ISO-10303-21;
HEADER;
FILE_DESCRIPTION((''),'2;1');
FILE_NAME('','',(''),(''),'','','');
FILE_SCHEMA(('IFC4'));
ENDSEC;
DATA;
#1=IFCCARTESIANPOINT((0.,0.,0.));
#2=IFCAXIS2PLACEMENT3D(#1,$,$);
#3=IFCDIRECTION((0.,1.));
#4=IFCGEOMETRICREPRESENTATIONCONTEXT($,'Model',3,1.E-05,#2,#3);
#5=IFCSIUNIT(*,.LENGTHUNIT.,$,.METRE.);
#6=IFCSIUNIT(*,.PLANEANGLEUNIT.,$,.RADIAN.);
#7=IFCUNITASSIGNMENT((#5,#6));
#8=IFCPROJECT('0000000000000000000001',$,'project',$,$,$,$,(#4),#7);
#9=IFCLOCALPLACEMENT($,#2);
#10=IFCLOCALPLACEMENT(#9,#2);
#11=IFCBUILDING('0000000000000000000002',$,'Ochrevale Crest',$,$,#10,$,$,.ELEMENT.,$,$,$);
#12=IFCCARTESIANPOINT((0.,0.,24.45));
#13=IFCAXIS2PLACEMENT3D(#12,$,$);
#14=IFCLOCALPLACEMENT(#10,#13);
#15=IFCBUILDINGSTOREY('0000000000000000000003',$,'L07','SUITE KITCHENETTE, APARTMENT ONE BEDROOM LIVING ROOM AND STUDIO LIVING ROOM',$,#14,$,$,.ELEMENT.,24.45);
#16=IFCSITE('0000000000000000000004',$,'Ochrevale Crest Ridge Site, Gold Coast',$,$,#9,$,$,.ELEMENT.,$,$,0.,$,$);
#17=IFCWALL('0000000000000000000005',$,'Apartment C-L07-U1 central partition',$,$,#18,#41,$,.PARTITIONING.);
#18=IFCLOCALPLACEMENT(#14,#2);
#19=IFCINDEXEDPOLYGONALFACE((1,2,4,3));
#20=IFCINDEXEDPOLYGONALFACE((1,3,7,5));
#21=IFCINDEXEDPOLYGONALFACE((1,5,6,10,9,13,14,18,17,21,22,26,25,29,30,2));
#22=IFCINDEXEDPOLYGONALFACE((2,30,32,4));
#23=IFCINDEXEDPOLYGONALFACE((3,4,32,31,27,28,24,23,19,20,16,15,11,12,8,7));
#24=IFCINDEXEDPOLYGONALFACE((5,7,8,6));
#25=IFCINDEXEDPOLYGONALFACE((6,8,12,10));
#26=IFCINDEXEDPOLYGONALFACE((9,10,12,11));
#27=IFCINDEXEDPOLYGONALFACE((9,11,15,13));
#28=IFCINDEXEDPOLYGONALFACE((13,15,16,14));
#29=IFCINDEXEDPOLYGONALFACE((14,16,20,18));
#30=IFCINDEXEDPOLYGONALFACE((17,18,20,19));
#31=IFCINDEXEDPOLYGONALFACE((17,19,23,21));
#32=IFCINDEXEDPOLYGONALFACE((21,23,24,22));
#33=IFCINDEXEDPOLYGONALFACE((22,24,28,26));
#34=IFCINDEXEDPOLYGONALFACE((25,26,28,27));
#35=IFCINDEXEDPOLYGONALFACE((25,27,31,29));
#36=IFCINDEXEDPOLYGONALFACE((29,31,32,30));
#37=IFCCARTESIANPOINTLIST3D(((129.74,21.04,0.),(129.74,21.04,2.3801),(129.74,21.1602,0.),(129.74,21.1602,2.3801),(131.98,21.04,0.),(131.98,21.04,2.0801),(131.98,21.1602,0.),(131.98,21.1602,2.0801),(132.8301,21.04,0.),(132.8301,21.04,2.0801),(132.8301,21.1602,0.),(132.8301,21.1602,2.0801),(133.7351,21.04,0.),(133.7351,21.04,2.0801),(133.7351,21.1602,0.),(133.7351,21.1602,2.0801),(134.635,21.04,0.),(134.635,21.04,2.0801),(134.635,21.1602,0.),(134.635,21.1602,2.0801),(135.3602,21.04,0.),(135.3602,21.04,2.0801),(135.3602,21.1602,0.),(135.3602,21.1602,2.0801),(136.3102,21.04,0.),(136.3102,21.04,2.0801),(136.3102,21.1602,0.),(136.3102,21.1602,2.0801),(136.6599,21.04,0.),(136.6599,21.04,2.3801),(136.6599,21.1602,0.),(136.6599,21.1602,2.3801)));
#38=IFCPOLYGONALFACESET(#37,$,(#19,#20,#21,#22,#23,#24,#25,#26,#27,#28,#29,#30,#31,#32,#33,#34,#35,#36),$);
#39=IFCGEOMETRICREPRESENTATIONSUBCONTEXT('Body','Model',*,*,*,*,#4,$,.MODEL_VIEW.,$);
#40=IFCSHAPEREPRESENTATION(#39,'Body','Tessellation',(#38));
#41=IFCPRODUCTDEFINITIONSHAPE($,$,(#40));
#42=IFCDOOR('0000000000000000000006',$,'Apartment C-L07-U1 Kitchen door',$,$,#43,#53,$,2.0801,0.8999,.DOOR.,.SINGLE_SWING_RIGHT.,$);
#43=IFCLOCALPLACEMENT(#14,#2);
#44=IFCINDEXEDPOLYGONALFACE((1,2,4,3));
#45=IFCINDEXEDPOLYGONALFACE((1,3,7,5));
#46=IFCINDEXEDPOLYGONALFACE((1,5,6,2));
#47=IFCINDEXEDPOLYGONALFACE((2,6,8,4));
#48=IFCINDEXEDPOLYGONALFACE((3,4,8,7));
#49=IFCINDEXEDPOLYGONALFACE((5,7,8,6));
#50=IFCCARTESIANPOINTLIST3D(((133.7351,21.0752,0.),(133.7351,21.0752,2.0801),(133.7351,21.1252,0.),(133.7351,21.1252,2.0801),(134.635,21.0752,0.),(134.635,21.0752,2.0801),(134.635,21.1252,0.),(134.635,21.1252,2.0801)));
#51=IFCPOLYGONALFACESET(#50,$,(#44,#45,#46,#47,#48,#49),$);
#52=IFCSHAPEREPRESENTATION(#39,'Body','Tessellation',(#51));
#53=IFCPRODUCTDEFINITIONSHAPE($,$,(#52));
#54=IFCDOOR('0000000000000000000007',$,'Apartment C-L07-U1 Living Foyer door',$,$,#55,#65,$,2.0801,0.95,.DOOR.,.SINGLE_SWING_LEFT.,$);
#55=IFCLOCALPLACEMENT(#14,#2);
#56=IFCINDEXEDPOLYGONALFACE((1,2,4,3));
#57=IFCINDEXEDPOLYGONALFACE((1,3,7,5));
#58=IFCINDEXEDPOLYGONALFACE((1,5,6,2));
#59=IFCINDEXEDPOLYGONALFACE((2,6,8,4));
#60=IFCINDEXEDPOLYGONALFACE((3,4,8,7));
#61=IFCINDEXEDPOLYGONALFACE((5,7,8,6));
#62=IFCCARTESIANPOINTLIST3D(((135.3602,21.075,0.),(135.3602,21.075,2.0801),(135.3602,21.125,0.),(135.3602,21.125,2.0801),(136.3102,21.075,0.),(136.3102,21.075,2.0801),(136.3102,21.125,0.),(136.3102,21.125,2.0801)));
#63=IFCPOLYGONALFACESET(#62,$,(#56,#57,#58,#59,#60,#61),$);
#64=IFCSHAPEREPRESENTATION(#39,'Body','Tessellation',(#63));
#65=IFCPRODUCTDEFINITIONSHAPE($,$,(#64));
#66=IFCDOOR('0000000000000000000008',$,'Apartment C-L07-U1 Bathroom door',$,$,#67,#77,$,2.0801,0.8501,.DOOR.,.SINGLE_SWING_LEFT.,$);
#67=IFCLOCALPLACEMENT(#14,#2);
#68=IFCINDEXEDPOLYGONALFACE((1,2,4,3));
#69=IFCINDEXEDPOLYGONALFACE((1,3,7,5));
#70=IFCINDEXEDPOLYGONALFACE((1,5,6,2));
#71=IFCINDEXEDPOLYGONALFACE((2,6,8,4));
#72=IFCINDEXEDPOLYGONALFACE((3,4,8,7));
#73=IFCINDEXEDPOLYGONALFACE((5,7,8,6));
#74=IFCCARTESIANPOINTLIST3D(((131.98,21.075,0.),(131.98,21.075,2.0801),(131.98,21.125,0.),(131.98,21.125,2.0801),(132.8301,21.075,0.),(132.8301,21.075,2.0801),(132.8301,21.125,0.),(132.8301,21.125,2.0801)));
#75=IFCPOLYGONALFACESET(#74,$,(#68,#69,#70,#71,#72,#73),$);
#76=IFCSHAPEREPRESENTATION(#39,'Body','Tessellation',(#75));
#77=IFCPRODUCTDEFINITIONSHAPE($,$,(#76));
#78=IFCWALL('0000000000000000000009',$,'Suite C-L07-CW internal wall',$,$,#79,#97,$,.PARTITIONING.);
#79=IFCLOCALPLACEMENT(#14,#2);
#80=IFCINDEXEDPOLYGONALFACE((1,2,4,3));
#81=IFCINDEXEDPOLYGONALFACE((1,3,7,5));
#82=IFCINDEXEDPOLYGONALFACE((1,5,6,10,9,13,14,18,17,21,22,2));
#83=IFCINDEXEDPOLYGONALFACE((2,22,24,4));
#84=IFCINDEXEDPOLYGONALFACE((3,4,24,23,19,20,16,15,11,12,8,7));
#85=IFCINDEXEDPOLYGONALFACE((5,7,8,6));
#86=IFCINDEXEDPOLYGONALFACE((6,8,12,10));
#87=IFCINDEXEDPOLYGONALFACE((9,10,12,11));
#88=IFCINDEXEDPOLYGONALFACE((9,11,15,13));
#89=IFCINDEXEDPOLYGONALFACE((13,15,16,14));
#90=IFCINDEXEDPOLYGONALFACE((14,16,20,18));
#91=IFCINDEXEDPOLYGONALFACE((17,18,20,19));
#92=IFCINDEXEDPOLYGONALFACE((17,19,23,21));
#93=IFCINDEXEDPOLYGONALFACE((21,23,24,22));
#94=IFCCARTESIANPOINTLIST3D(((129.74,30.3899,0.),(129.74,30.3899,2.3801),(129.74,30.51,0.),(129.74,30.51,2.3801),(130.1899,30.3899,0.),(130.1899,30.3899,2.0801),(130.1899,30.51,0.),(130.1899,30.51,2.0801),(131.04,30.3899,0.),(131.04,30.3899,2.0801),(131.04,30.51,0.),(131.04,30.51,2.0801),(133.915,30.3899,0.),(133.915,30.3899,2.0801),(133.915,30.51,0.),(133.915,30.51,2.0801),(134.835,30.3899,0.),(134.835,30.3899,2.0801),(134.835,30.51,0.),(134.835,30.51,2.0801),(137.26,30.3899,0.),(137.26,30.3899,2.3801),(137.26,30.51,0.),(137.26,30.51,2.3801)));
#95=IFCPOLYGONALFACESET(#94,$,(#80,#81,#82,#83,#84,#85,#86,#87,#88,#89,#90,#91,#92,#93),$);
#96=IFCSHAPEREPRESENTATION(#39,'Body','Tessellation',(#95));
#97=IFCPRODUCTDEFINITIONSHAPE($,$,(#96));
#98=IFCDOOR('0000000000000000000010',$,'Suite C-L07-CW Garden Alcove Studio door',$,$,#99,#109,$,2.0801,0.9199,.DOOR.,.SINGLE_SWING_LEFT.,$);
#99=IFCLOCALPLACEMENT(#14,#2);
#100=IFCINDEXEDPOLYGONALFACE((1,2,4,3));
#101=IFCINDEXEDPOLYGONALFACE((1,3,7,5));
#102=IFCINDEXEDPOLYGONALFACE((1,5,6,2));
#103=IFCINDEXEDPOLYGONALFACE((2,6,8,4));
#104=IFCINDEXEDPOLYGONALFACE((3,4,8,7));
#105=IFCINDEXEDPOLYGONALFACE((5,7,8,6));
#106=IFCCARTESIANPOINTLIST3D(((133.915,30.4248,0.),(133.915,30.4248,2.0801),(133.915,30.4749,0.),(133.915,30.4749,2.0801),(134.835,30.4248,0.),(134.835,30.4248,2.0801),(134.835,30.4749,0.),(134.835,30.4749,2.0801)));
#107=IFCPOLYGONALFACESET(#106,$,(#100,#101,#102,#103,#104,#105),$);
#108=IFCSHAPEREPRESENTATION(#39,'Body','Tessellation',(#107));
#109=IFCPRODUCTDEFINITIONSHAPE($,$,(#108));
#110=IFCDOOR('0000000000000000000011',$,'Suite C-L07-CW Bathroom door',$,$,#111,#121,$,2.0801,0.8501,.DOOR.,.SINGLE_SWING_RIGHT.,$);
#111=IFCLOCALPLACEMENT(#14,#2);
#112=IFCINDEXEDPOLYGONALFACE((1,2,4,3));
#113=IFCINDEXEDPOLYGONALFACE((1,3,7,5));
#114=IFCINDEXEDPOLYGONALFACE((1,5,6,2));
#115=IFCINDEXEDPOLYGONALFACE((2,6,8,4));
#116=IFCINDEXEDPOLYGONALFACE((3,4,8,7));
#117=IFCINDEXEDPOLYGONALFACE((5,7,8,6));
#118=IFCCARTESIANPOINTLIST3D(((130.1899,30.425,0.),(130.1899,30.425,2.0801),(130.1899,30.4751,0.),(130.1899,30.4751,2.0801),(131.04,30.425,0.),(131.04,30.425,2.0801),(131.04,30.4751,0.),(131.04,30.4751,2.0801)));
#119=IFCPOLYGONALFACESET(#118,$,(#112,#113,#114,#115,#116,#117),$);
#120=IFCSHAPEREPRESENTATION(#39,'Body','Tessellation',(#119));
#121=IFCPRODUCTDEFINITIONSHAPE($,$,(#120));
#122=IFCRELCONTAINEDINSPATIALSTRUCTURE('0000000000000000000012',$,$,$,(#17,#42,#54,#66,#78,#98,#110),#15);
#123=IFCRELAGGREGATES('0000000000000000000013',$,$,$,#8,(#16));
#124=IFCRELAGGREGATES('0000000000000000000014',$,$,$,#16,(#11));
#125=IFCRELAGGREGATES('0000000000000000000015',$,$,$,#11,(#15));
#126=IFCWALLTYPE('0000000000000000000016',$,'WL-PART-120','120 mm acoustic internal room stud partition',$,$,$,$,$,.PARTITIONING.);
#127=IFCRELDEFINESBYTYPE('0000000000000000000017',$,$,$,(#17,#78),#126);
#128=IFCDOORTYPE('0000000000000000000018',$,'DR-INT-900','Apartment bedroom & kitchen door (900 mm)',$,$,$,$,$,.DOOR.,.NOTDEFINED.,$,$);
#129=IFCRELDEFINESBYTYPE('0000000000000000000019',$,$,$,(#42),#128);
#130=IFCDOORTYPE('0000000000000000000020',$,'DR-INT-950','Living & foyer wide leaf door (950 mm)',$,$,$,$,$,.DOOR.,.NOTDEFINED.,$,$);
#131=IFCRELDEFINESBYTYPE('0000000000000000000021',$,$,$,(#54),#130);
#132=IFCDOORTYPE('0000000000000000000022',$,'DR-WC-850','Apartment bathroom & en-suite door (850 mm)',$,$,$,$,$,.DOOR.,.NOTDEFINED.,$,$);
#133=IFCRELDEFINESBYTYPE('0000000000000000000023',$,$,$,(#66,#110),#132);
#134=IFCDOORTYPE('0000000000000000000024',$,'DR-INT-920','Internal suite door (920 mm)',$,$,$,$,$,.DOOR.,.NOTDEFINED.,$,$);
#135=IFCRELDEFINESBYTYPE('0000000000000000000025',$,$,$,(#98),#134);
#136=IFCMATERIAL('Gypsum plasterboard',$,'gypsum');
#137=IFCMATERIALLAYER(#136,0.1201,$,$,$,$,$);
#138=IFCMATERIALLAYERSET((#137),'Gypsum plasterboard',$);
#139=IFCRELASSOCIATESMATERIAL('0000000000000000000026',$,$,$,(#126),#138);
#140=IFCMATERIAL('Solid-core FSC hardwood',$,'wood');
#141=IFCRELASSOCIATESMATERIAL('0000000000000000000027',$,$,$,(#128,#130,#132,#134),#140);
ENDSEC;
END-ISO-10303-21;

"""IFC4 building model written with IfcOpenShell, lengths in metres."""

from ifc_helpers import new_model, si_unit, direction, frame, frame_2d, origin, place, context, subcontext, project, spatial, rectangle, extrude, material, layer, layer_set, type_object, element, fill, save


model = new_model("IFC4")

# Units and contexts
model_context = context("Model", 3, precision=1e-05, world=origin(), true_north=direction((0.0, 1.0)))
body_context = subcontext(model_context, "Body", "Model", "MODEL_VIEW")
ifc_project = project(units=[si_unit("LENGTHUNIT", "METRE"), si_unit("PLANEANGLEUNIT", "RADIAN")], contexts=[model_context])

# Site, building, storey
site_placement = place(None, origin())
site = spatial("IfcSite", under=ifc_project, at=site_placement, Name="Ochrevale Crest Ridge Site, Gold Coast", CompositionType="ELEMENT", RefElevation=0.0)
building_placement = place(site_placement, origin())
building = spatial("IfcBuilding", under=site, at=building_placement, Name="Ochrevale Crest", CompositionType="ELEMENT")
storey_placement = place(building_placement, frame((0.0, 0.0, 24.45)))
storey = spatial("IfcBuildingStorey", under=building, at=storey_placement, Name="L07", Description="SUITE KITCHENETTE, APARTMENT ONE BEDROOM LIVING ROOM AND STUDIO LIVING ROOM", CompositionType="ELEMENT", Elevation=24.45)

# Shared definitions
ifc_material_1 = material(Name="Gypsum plasterboard", Category="gypsum")
ifc_material_2 = material(Name="Solid-core FSC hardwood", Category="wood")

# Walls, openings, doors
ifc_layer_1 = layer(ifc_material_1, 0.1201)
ifc_layer_set_1 = layer_set([ifc_layer_1], Name="Gypsum plasterboard")
wall_type_1 = type_object("IfcWallType", Name="WL-PART-120", Description="120 mm acoustic internal room stud partition", PredefinedType="PARTITIONING", material=ifc_layer_set_1)
wall_1_placement = place(storey_placement, frame((129.74, 21.1001, 0.0), z_axis=(0.0, 0.0, 1.0), x_axis=(1.0, 0.0, 0.0)))
wall_1 = element("IfcWall", 1, at=wall_1_placement, inside=storey, type_object=wall_type_1, Name="Apartment C-L07-U1 central partition", PredefinedType="PARTITIONING", context=body_context, shape_type="SweptSolid", body=[
    extrude(rectangle(XDim=6.9199, YDim=0.1201, at=frame_2d((3.46, 0.0))), origin(), (0.0, 0.0, 1.0), 2.3801),
])
opening_1_placement = place(wall_1_placement, frame((2.24, 0.0, 0.0)))
opening_1 = element("IfcOpeningElement", 2, at=opening_1_placement, cuts=wall_1, PredefinedType="OPENING", context=body_context, shape_type="SweptSolid", body=[
    extrude(rectangle(XDim=0.8501, YDim=2.0801, at=frame_2d((0.425, 1.04))), frame((0.0, 0.0701, 0.0), z_axis=(0.0, -1.0, 0.0), x_axis=(1.0, 0.0, 0.0)), (0.0, 0.0, 1.0), 0.1401),
])
opening_2_placement = place(wall_1_placement, frame((4.895, 0.0, 0.0), z_axis=(0.0, 0.0, 1.0), x_axis=(-1.0, 0.0, 0.0)))
opening_2 = element("IfcOpeningElement", 3, at=opening_2_placement, cuts=wall_1, PredefinedType="OPENING", context=body_context, shape_type="SweptSolid", body=[
    extrude(rectangle(XDim=0.8999, YDim=2.0801, at=frame_2d((0.45, 1.04))), frame((0.0, 0.0701, 0.0), z_axis=(0.0, -1.0, 0.0), x_axis=(1.0, 0.0, 0.0)), (0.0, 0.0, 1.0), 0.1401),
])
opening_3_placement = place(wall_1_placement, frame((5.6201, 0.0, 0.0)))
opening_3 = element("IfcOpeningElement", 4, at=opening_3_placement, cuts=wall_1, PredefinedType="OPENING", context=body_context, shape_type="SweptSolid", body=[
    extrude(rectangle(XDim=0.95, YDim=2.0801, at=frame_2d((0.4751, 1.04))), frame((0.0, 0.0701, 0.0), z_axis=(0.0, -1.0, 0.0), x_axis=(1.0, 0.0, 0.0)), (0.0, 0.0, 1.0), 0.1401),
])
door_type_1 = type_object("IfcDoorType", Name="DR-INT-900", Description="Apartment bedroom & kitchen door (900 mm)", OperationType="NOTDEFINED", PredefinedType="DOOR", material=ifc_material_2)
door_1_placement = place(opening_2_placement, origin())
door_1 = element("IfcDoor", 5, at=door_1_placement, inside=storey, type_object=door_type_1, Name="Apartment C-L07-U1 Kitchen door", OperationType="SINGLE_SWING_RIGHT", OverallHeight=2.0801, OverallWidth=0.8999, PredefinedType="DOOR", context=body_context, shape_type="SweptSolid", body=[
    extrude(rectangle(XDim=0.8999, YDim=2.0801, at=frame_2d((0.45, 1.04))), frame((0.0, 0.0249, 0.0), z_axis=(0.0, -1.0, 0.0), x_axis=(1.0, 0.0, 0.0)), (0.0, 0.0, 1.0), 0.05),
])
fill(opening_2, door_1)
door_type_2 = type_object("IfcDoorType", Name="DR-INT-950", Description="Living & foyer wide leaf door (950 mm)", OperationType="NOTDEFINED", PredefinedType="DOOR", material=ifc_material_2)
door_2_placement = place(opening_3_placement, origin())
door_2 = element("IfcDoor", 6, at=door_2_placement, inside=storey, type_object=door_type_2, Name="Apartment C-L07-U1 Living Foyer door", OperationType="SINGLE_SWING_LEFT", OverallHeight=2.0801, OverallWidth=0.95, PredefinedType="DOOR", context=body_context, shape_type="SweptSolid", body=[
    extrude(rectangle(XDim=0.95, YDim=2.0801, at=frame_2d((0.4751, 1.04))), frame((0.0, 0.0249, 0.0), z_axis=(0.0, -1.0, 0.0), x_axis=(1.0, 0.0, 0.0)), (0.0, 0.0, 1.0), 0.05),
])
fill(opening_3, door_2)
door_type_3 = type_object("IfcDoorType", Name="DR-WC-850", Description="Apartment bathroom & en-suite door (850 mm)", OperationType="NOTDEFINED", PredefinedType="DOOR", material=ifc_material_2)
door_3_placement = place(opening_1_placement, origin())
door_3 = element("IfcDoor", 7, at=door_3_placement, inside=storey, type_object=door_type_3, Name="Apartment C-L07-U1 Bathroom door", OperationType="SINGLE_SWING_LEFT", OverallHeight=2.0801, OverallWidth=0.8501, PredefinedType="DOOR", context=body_context, shape_type="SweptSolid", body=[
    extrude(rectangle(XDim=0.8501, YDim=2.0801, at=frame_2d((0.425, 1.04))), frame((0.0, 0.0249, 0.0), z_axis=(0.0, -1.0, 0.0), x_axis=(1.0, 0.0, 0.0)), (0.0, 0.0, 1.0), 0.05),
])
fill(opening_1, door_3)
wall_2_placement = place(storey_placement, frame((129.74, 30.45, 0.0), z_axis=(0.0, 0.0, 1.0), x_axis=(1.0, 0.0, 0.0)))
wall_2 = element("IfcWall", 8, at=wall_2_placement, inside=storey, type_object=wall_type_1, Name="Suite C-L07-CW internal wall", PredefinedType="PARTITIONING", context=body_context, shape_type="SweptSolid", body=[
    extrude(rectangle(XDim=7.52, YDim=0.1201, at=frame_2d((3.76, 0.0))), origin(), (0.0, 0.0, 1.0), 2.3801),
])
opening_4_placement = place(wall_2_placement, frame((1.3, 0.0, 0.0), z_axis=(0.0, 0.0, 1.0), x_axis=(-1.0, 0.0, 0.0)))
opening_4 = element("IfcOpeningElement", 9, at=opening_4_placement, cuts=wall_2, PredefinedType="OPENING", context=body_context, shape_type="SweptSolid", body=[
    extrude(rectangle(XDim=0.8501, YDim=2.0801, at=frame_2d((0.425, 1.04))), frame((0.0, 0.0701, 0.0), z_axis=(0.0, -1.0, 0.0), x_axis=(1.0, 0.0, 0.0)), (0.0, 0.0, 1.0), 0.1401),
])
opening_5_placement = place(wall_2_placement, frame((4.175, 0.0, 0.0)))
opening_5 = element("IfcOpeningElement", 10, at=opening_5_placement, cuts=wall_2, PredefinedType="OPENING", context=body_context, shape_type="SweptSolid", body=[
    extrude(rectangle(XDim=0.9199, YDim=2.0801, at=frame_2d((0.46, 1.04))), frame((0.0, 0.0701, 0.0), z_axis=(0.0, -1.0, 0.0), x_axis=(1.0, 0.0, 0.0)), (0.0, 0.0, 1.0), 0.1401),
])
door_type_4 = type_object("IfcDoorType", Name="DR-INT-920", Description="Internal suite door (920 mm)", OperationType="NOTDEFINED", PredefinedType="DOOR", material=ifc_material_2)
door_4_placement = place(opening_5_placement, origin())
door_4 = element("IfcDoor", 11, at=door_4_placement, inside=storey, type_object=door_type_4, Name="Suite C-L07-CW Garden Alcove Studio door", OperationType="SINGLE_SWING_LEFT", OverallHeight=2.0801, OverallWidth=0.9199, PredefinedType="DOOR", context=body_context, shape_type="SweptSolid", body=[
    extrude(rectangle(XDim=0.9199, YDim=2.0801, at=frame_2d((0.46, 1.04))), frame((0.0, 0.0249, 0.0), z_axis=(0.0, -1.0, 0.0), x_axis=(1.0, 0.0, 0.0)), (0.0, 0.0, 1.0), 0.05),
])
fill(opening_5, door_4)
door_5_placement = place(opening_4_placement, origin())
door_5 = element("IfcDoor", 12, at=door_5_placement, inside=storey, type_object=door_type_3, Name="Suite C-L07-CW Bathroom door", OperationType="SINGLE_SWING_RIGHT", OverallHeight=2.0801, OverallWidth=0.8501, PredefinedType="DOOR", context=body_context, shape_type="SweptSolid", body=[
    extrude(rectangle(XDim=0.8501, YDim=2.0801, at=frame_2d((0.425, 1.04))), frame((0.0, 0.0249, 0.0), z_axis=(0.0, -1.0, 0.0), x_axis=(1.0, 0.0, 0.0)), (0.0, 0.0, 1.0), 0.05),
])
fill(opening_4, door_5)

save(model, "model.ifc")
